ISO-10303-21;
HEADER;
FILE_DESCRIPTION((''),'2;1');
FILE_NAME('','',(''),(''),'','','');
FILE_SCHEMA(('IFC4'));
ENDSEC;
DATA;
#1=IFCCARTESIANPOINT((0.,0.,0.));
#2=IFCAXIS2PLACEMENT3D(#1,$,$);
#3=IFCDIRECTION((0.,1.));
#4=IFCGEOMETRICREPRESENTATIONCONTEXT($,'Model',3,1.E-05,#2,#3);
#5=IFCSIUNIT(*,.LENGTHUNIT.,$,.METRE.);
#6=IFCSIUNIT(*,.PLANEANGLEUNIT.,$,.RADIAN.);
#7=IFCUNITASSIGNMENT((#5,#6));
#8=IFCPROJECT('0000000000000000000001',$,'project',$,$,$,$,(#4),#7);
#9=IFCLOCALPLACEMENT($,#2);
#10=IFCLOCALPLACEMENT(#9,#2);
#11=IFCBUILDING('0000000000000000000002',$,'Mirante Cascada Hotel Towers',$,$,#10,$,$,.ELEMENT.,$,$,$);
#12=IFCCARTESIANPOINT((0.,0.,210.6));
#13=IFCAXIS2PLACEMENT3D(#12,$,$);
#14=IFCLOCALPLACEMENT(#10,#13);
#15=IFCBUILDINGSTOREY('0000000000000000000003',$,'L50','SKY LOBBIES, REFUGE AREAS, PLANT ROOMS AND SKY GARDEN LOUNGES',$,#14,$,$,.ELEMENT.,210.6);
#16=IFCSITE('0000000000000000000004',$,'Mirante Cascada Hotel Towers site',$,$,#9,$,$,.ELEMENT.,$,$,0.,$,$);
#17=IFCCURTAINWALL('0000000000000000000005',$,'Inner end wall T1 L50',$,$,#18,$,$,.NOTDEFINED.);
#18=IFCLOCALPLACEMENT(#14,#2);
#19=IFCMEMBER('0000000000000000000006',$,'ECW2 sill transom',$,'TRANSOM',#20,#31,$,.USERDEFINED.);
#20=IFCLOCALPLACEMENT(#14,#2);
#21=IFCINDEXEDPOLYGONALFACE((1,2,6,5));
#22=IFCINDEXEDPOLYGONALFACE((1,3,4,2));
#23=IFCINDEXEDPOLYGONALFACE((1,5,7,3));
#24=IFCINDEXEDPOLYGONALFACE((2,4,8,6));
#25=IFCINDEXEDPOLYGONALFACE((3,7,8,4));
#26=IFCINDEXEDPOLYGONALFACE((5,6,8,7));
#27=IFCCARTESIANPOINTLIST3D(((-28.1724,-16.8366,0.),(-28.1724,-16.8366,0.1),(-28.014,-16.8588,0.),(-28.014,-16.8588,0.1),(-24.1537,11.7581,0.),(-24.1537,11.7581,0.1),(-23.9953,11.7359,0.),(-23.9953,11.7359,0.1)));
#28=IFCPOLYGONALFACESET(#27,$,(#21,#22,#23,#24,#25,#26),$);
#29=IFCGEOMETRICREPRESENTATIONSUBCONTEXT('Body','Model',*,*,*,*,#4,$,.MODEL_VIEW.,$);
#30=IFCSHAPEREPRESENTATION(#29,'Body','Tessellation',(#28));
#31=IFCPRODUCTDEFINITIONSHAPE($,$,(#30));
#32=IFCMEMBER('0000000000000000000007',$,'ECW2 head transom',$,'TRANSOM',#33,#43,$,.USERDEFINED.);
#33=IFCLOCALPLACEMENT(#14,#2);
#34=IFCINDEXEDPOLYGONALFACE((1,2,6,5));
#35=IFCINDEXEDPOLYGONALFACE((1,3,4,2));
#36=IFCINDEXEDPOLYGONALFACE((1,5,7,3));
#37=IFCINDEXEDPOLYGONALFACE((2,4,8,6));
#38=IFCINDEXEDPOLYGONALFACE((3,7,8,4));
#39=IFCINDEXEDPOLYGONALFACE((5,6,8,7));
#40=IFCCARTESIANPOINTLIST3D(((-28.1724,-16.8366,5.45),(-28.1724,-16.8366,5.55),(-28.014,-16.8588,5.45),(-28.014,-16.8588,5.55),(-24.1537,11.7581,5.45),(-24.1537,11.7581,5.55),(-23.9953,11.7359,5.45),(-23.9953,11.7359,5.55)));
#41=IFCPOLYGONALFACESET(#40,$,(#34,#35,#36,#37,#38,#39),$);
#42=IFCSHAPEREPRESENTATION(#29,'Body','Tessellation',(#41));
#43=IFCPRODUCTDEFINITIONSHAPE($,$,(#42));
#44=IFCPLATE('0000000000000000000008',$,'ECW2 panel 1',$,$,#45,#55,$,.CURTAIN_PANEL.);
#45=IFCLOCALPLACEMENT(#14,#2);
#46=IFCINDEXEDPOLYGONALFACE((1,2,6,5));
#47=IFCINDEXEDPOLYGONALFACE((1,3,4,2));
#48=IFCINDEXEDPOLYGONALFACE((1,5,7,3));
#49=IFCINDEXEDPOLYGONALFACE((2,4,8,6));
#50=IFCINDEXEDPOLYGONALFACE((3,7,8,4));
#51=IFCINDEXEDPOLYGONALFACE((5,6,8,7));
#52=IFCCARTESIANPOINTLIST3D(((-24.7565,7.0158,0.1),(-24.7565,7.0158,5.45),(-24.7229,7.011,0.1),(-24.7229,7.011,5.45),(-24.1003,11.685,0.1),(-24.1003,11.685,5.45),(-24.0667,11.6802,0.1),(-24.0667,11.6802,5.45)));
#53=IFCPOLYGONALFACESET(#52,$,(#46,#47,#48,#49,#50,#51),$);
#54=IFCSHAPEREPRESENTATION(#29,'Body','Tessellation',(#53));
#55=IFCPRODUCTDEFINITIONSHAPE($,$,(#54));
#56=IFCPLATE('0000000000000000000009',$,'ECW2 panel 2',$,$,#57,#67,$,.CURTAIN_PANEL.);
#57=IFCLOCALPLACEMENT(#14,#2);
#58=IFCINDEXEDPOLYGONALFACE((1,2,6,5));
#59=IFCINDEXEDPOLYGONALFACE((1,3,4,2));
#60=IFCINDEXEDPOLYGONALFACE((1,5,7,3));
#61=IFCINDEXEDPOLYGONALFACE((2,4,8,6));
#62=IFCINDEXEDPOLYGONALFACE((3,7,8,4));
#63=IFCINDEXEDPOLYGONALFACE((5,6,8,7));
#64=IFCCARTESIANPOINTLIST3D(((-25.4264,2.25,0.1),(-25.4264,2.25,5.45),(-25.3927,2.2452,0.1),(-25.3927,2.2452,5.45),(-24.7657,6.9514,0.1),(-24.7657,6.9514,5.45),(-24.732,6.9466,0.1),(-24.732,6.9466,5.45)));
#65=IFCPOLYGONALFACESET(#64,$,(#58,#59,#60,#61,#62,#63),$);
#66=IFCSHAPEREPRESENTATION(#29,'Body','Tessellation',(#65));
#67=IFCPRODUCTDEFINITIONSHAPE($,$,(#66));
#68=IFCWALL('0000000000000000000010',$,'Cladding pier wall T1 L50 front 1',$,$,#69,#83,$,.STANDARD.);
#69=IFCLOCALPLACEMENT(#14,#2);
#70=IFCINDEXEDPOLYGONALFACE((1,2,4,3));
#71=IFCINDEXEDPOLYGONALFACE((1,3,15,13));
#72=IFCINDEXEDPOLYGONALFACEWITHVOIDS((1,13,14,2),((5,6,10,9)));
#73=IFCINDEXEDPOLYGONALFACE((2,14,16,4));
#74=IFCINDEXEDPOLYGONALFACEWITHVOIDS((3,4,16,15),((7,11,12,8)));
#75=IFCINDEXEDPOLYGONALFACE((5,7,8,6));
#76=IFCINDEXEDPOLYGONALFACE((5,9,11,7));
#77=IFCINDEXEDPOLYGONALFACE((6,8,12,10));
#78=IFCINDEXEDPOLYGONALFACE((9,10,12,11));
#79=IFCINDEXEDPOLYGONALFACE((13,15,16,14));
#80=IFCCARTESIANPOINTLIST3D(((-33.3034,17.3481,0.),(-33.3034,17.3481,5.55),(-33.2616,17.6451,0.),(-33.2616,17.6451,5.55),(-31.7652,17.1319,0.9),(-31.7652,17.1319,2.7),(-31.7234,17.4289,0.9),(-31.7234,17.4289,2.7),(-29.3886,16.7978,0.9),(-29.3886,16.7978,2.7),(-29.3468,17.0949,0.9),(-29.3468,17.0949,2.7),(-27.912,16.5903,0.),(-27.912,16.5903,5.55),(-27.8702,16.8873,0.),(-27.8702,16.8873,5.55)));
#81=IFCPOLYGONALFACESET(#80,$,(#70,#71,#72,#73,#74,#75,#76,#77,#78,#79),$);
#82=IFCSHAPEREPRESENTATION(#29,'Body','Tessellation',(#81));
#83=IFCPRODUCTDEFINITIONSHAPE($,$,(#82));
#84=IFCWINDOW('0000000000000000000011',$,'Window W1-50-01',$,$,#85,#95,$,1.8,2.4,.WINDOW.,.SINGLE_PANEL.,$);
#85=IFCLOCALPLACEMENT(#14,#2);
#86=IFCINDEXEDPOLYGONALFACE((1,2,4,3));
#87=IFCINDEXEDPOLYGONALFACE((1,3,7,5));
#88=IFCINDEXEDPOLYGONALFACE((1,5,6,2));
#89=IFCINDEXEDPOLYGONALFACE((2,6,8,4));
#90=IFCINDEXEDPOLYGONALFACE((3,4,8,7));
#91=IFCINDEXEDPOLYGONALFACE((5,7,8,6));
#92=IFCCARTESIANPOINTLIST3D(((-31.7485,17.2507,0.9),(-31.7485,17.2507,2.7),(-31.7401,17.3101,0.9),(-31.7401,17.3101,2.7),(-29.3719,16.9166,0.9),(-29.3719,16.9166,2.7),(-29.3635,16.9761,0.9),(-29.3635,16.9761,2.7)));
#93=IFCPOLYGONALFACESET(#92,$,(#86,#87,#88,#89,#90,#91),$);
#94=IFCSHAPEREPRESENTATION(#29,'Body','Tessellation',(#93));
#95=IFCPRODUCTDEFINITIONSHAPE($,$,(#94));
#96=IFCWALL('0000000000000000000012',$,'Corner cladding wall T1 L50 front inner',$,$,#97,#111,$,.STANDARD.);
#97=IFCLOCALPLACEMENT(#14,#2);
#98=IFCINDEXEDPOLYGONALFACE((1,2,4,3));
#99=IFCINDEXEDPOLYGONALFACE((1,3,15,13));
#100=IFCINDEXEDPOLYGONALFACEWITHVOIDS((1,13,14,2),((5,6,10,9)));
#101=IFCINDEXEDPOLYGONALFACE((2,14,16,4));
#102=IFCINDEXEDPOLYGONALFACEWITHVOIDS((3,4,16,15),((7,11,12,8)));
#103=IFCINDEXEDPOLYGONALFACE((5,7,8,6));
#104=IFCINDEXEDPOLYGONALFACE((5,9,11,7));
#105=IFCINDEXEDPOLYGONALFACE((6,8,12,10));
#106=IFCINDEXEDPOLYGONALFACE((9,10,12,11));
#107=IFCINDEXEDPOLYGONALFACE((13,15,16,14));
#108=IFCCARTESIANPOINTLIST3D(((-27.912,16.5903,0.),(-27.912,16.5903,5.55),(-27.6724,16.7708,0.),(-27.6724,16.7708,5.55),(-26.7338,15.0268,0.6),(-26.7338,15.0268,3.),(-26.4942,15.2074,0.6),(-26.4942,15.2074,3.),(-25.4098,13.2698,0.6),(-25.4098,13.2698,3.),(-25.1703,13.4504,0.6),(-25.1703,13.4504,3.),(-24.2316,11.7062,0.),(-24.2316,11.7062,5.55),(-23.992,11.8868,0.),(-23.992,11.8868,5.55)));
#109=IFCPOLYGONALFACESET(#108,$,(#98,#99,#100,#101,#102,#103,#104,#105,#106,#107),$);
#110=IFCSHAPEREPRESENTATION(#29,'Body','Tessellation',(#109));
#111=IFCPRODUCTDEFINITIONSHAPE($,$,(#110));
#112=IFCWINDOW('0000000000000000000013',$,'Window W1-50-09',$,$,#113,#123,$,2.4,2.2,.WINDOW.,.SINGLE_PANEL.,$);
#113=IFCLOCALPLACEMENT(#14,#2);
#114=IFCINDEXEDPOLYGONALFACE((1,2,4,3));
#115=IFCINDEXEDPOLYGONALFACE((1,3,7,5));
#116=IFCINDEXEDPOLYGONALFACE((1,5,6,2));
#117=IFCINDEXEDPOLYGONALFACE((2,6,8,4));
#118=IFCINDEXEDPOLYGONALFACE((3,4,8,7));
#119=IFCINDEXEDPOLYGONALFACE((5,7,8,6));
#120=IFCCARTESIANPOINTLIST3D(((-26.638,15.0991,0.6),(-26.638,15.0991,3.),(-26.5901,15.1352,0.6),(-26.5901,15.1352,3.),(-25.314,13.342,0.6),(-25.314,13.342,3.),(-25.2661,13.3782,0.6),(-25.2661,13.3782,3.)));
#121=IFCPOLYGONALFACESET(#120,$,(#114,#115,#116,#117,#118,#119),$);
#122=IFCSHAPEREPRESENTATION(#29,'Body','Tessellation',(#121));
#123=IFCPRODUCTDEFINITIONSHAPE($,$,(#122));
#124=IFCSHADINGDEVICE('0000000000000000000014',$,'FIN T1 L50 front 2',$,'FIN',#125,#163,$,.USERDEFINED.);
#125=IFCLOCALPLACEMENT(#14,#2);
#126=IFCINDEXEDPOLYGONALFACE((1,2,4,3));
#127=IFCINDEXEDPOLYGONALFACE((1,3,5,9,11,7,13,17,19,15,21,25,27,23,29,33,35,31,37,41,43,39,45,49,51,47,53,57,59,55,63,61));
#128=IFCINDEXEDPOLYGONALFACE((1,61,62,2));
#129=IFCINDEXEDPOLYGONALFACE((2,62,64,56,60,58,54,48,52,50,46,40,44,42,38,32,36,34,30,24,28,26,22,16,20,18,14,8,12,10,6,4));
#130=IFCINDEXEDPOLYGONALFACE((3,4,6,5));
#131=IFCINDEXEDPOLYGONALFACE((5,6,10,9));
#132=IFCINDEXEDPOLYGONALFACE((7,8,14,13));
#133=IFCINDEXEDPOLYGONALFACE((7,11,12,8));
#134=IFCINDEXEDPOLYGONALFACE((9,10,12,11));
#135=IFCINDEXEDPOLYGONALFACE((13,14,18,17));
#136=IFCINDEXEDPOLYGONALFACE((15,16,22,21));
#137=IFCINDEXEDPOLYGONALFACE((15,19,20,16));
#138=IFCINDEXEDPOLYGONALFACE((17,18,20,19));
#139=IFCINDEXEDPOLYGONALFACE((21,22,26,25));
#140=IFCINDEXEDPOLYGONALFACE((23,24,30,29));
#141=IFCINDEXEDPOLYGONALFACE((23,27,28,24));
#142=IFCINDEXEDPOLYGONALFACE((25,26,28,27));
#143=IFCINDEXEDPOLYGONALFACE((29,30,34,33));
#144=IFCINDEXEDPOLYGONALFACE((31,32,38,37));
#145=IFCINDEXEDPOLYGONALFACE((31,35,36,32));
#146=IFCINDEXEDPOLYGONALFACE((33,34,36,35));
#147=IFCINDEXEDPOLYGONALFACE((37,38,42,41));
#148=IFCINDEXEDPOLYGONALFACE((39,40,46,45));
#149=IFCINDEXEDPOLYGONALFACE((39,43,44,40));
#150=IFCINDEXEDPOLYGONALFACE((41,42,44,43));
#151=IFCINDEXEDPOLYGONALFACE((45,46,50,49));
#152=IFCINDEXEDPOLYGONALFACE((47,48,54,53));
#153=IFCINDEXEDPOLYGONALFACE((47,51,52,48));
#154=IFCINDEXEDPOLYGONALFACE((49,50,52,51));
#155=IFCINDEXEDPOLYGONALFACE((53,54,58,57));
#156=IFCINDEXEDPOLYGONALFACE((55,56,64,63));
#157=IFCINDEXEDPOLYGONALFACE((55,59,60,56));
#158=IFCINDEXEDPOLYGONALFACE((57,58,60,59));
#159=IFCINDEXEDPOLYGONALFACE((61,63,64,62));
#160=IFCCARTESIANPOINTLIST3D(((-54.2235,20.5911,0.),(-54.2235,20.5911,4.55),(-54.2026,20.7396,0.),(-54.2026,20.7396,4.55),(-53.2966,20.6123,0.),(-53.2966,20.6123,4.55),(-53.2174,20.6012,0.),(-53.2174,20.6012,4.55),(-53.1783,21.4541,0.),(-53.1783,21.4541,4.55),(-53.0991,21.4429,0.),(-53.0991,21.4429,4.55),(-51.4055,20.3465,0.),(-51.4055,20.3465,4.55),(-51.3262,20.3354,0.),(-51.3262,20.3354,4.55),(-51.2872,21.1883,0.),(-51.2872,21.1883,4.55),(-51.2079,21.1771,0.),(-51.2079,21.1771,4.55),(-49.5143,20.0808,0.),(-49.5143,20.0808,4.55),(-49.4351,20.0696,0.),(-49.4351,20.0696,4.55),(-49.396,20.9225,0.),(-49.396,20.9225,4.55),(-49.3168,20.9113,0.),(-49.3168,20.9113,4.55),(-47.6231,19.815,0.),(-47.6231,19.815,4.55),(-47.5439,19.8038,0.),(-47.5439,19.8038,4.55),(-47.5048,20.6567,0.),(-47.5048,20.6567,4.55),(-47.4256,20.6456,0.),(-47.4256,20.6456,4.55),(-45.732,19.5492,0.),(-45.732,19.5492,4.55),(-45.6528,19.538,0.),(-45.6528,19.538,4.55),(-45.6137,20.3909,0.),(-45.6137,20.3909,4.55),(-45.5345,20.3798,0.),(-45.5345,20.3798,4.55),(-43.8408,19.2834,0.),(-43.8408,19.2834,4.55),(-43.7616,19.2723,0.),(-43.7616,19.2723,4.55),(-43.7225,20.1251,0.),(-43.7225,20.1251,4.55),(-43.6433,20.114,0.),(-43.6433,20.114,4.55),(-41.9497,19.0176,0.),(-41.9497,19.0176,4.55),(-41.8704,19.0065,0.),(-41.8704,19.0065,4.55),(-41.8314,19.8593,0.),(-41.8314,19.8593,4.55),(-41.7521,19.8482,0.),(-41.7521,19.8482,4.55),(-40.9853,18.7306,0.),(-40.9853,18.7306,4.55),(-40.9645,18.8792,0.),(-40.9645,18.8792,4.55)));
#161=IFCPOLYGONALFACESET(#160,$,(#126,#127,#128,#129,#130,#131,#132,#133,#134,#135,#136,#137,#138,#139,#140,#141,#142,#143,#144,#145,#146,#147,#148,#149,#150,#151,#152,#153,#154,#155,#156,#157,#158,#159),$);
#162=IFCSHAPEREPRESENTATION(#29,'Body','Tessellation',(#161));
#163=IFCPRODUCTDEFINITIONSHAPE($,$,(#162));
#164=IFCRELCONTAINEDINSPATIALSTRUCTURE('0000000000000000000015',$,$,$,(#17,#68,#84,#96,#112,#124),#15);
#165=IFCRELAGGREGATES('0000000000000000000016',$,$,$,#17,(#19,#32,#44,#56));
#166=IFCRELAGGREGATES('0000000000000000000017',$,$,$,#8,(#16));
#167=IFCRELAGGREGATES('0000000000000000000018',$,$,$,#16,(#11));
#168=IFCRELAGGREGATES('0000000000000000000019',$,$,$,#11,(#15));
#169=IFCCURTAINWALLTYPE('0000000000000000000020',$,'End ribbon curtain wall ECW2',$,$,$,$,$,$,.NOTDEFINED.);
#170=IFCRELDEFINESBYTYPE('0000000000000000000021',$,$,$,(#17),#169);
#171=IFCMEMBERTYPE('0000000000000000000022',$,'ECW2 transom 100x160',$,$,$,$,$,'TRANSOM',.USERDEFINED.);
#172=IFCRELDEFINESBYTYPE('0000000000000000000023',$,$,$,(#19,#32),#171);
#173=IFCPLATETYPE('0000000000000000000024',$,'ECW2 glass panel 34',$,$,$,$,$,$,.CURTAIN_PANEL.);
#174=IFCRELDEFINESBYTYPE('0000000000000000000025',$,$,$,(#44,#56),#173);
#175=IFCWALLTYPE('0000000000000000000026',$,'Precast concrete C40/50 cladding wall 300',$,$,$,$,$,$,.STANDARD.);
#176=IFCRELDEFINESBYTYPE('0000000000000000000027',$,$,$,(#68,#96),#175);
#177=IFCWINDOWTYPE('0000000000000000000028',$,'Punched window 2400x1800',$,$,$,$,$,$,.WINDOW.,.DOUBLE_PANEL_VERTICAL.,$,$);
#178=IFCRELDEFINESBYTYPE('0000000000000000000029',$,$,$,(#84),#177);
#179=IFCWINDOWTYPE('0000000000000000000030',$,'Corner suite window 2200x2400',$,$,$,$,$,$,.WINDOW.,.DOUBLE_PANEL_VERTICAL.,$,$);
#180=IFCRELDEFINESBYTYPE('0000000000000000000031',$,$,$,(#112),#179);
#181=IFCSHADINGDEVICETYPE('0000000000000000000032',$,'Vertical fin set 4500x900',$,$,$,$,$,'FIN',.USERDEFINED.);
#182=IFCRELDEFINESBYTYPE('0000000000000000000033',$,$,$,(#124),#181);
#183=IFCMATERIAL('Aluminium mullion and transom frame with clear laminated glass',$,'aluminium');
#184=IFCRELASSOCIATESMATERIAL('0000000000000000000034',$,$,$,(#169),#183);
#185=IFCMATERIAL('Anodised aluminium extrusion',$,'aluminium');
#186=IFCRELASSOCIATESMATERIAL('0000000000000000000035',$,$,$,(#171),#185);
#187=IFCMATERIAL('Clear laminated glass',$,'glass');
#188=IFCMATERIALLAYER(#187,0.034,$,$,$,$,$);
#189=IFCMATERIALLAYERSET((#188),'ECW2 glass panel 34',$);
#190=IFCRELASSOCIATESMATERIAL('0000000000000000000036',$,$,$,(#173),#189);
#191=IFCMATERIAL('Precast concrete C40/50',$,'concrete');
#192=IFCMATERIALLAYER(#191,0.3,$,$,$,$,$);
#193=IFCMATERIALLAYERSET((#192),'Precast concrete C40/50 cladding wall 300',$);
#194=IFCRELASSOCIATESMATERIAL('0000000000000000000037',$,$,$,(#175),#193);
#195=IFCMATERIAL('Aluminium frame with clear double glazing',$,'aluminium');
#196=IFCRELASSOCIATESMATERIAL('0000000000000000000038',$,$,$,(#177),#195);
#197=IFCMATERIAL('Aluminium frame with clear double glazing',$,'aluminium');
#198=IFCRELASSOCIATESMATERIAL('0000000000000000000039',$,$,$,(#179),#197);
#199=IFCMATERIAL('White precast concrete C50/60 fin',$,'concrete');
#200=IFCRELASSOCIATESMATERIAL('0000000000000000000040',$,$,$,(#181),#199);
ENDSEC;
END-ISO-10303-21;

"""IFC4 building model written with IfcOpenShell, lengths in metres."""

from ifc_helpers import new_model, si_unit, direction, frame, frame_2d, origin, origin_2d, place, context, subcontext, project, spatial, polyline, rectangle, outline, extrude, material, layer, layer_set, material_profile, profile_set, type_object, element, fill, aggregate, save


model = new_model("IFC4")

# Units and contexts
model_context = context("Model", 3, precision=1e-05, world=origin(), true_north=direction((0.0, 1.0)))
body_context = subcontext(model_context, "Body", "Model", "MODEL_VIEW")
ifc_project = project(units=[si_unit("LENGTHUNIT", "METRE"), si_unit("PLANEANGLEUNIT", "RADIAN")], contexts=[model_context])

# Site, building, storey
site_placement = place(None, origin())
site = spatial("IfcSite", under=ifc_project, at=site_placement, Name="Mirante Cascada Hotel Towers site", CompositionType="ELEMENT", RefElevation=0.0)
building_placement = place(site_placement, origin())
building = spatial("IfcBuilding", under=site, at=building_placement, Name="Mirante Cascada Hotel Towers", CompositionType="ELEMENT")
storey_placement = place(building_placement, frame((0.0, 0.0, 210.6)))
storey = spatial("IfcBuildingStorey", under=building, at=storey_placement, Name="L50", Description="SKY LOBBIES, REFUGE AREAS, PLANT ROOMS AND SKY GARDEN LOUNGES", CompositionType="ELEMENT", Elevation=210.6)

# Curtain wall, members, plates
ifc_material_1 = material(Name="Aluminium mullion and transom frame with clear laminated glass", Category="aluminium")
curtain_wall_type = type_object("IfcCurtainWallType", Name="End ribbon curtain wall ECW2", PredefinedType="NOTDEFINED", material=ifc_material_1)
curtain_wall_placement = place(storey_placement, origin())
curtain_wall = element("IfcCurtainWall", 1, at=curtain_wall_placement, inside=storey, type_object=curtain_wall_type, Name="Inner end wall T1 L50", PredefinedType="NOTDEFINED")
ifc_material_2 = material(Name="Anodised aluminium extrusion", Category="aluminium")
ifc_material_profile_1 = material_profile(ifc_material_2, rectangle(XDim=0.16, YDim=0.1, at=origin_2d()), Name="ECW2 TRANSOM 100x160")
ifc_profile_set_1 = profile_set([ifc_material_profile_1], Name="Anodised aluminium extrusion")
member_type_1 = type_object("IfcMemberType", Name="ECW2 transom 100x160", ElementType="TRANSOM", PredefinedType="USERDEFINED", material=ifc_profile_set_1)
member_1_placement = place(storey_placement, frame((-24.0745, 11.747, 0.05), z_axis=(-0.139172, -0.990268, 0.0), x_axis=(0.990268, -0.139172, 0.0)))
member_1 = element("IfcMember", 2, at=member_1_placement, type_object=member_type_1, Name="ECW2 sill transom", ObjectType="TRANSOM", PredefinedType="USERDEFINED", context=body_context, shape_type="SweptSolid", body=[
    extrude(rectangle(XDim=0.16, YDim=0.1, at=origin_2d()), origin(), (0.0, 0.0, 1.0), 28.8757),
])
member_2_placement = place(storey_placement, frame((-24.0745, 11.747, 5.5), z_axis=(-0.139172, -0.990268, 0.0), x_axis=(0.990268, -0.139172, 0.0)))
member_2 = element("IfcMember", 3, at=member_2_placement, type_object=member_type_1, Name="ECW2 head transom", ObjectType="TRANSOM", PredefinedType="USERDEFINED", context=body_context, shape_type="SweptSolid", body=[
    extrude(rectangle(XDim=0.16, YDim=0.1, at=origin_2d()), origin(), (0.0, 0.0, 1.0), 28.8757),
])
ifc_material_3 = material(Name="Clear laminated glass", Category="glass")
ifc_layer_1 = layer(ifc_material_3, 0.034)
ifc_layer_set_1 = layer_set([ifc_layer_1], Name="ECW2 glass panel 34")
plate_type = type_object("IfcPlateType", Name="ECW2 glass panel 34", PredefinedType="CURTAIN_PANEL", material=ifc_layer_set_1)
plate_1_placement = place(storey_placement, frame((-24.4116, 9.348, 0.1), z_axis=(0.0, 0.0, 1.0), x_axis=(-0.139173, -0.990268, 0.0)))
plate_1 = element("IfcPlate", 4, at=plate_1_placement, type_object=plate_type, Name="ECW2 panel 1", PredefinedType="CURTAIN_PANEL", context=body_context, shape_type="SweptSolid", body=[
    extrude(rectangle(XDim=4.7151, YDim=0.034, at=origin_2d()), origin(), (0.0, 0.0, 1.0), 5.35),
])
plate_2_placement = place(storey_placement, frame((-25.0792, 4.5983, 0.1), z_axis=(0.0, 0.0, 1.0), x_axis=(-0.139173, -0.990268, 0.0)))
plate_2 = element("IfcPlate", 5, at=plate_2_placement, type_object=plate_type, Name="ECW2 panel 2", PredefinedType="CURTAIN_PANEL", context=body_context, shape_type="SweptSolid", body=[
    extrude(rectangle(XDim=4.7476, YDim=0.034, at=origin_2d()), origin(), (0.0, 0.0, 1.0), 5.35),
])
aggregate(curtain_wall, [member_1, member_2, plate_1, plate_2])

# Walls, openings, windows
ifc_material_4 = material(Name="Precast concrete C40/50", Category="concrete")
ifc_layer_2 = layer(ifc_material_4, 0.3)
ifc_layer_set_2 = layer_set([ifc_layer_2], Name="Precast concrete C40/50 cladding wall 300")
wall_type = type_object("IfcWallType", Name="Precast concrete C40/50 cladding wall 300", PredefinedType="STANDARD", material=ifc_layer_set_2)
wall_1_placement = place(storey_placement, frame((-27.8911, 16.7388, 0.0), z_axis=(0.0, 0.0, 1.0), x_axis=(-0.990266, 0.139189, 0.0)))
wall_1 = element("IfcWall", 6, at=wall_1_placement, inside=storey, type_object=wall_type, Name="Cladding pier wall T1 L50 front 1", PredefinedType="STANDARD", context=body_context, shape_type="SweptSolid", body=[
    extrude(rectangle(XDim=5.4444, YDim=0.3, at=frame_2d((2.7222, 0.0))), origin(), (0.0, 0.0, 1.0), 5.55),
])
opening_1_placement = place(wall_1_placement, frame((1.4911, 0.0, 0.9)))
opening_1 = element("IfcOpeningElement", 7, at=opening_1_placement, cuts=wall_1, PredefinedType="OPENING", context=body_context, shape_type="SweptSolid", body=[
    extrude(rectangle(XDim=2.4, YDim=1.8, at=frame_2d((1.2, 0.9))), frame((0.0, 0.15, 0.0), z_axis=(0.0, -1.0, 0.0), x_axis=(1.0, 0.0, 0.0)), (0.0, 0.0, 1.0), 0.3),
])
ifc_material_5 = material(Name="Aluminium frame with clear double glazing", Category="aluminium")
window_type_1 = type_object("IfcWindowType", Name="Punched window 2400x1800", PartitioningType="DOUBLE_PANEL_VERTICAL", PredefinedType="WINDOW", material=ifc_material_5)
window_1_placement = place(opening_1_placement, origin())
window_1 = element("IfcWindow", 8, at=window_1_placement, inside=storey, type_object=window_type_1, Name="Window W1-50-01", OverallHeight=1.8, OverallWidth=2.4, PartitioningType="SINGLE_PANEL", PredefinedType="WINDOW", context=body_context, shape_type="SweptSolid", body=[
    extrude(rectangle(XDim=2.4, YDim=1.8, at=frame_2d((1.2, 0.9))), frame((0.0, 0.03, 0.0), z_axis=(0.0, -1.0, 0.0), x_axis=(1.0, 0.0, 0.0)), (0.0, 0.0, 1.0), 0.06),
])
fill(opening_1, window_1)
wall_2_placement = place(storey_placement, frame((-27.7922, 16.6806, 0.0), z_axis=(0.0, 0.0, 1.0), x_axis=(0.601812, -0.798638, 0.0)))
wall_2 = element("IfcWall", 9, at=wall_2_placement, inside=storey, type_object=wall_type, Name="Corner cladding wall T1 L50 front inner", PredefinedType="STANDARD", context=body_context, shape_type="SweptSolid", body=[
    extrude(rectangle(XDim=6.1155, YDim=0.3, at=frame_2d((3.0578, 0.0))), origin(), (0.0, 0.0, 1.0), 5.55),
])
opening_2_placement = place(wall_2_placement, frame((1.9577, 0.0, 0.6)))
opening_2 = element("IfcOpeningElement", 10, at=opening_2_placement, cuts=wall_2, PredefinedType="OPENING", context=body_context, shape_type="SweptSolid", body=[
    extrude(rectangle(XDim=2.2, YDim=2.4, at=frame_2d((1.1, 1.2))), frame((0.0, 0.15, 0.0), z_axis=(0.0, -1.0, 0.0), x_axis=(1.0, 0.0, 0.0)), (0.0, 0.0, 1.0), 0.3),
])
ifc_material_6 = material(Name="Aluminium frame with clear double glazing", Category="aluminium")
window_type_2 = type_object("IfcWindowType", Name="Corner suite window 2200x2400", PartitioningType="DOUBLE_PANEL_VERTICAL", PredefinedType="WINDOW", material=ifc_material_6)
window_2_placement = place(opening_2_placement, origin())
window_2 = element("IfcWindow", 11, at=window_2_placement, inside=storey, type_object=window_type_2, Name="Window W1-50-09", OverallHeight=2.4, OverallWidth=2.2, PartitioningType="SINGLE_PANEL", PredefinedType="WINDOW", context=body_context, shape_type="SweptSolid", body=[
    extrude(rectangle(XDim=2.2, YDim=2.4, at=frame_2d((1.1, 1.2))), frame((0.0, 0.03, 0.0), z_axis=(0.0, -1.0, 0.0), x_axis=(1.0, 0.0, 0.0)), (0.0, 0.0, 1.0), 0.06),
])
fill(opening_2, window_2)

# Shading device
ifc_material_7 = material(Name="White precast concrete C50/60 fin", Category="concrete")
shading_device_type = type_object("IfcShadingDeviceType", Name="Vertical fin set 4500x900", ElementType="FIN", PredefinedType="USERDEFINED", material=ifc_material_7)
shading_device_1_placement = place(storey_placement, origin())
element("IfcShadingDevice", 12, at=shading_device_1_placement, inside=storey, type_object=shading_device_type, Name="FIN T1 L50 front 2", ObjectType="FIN", PredefinedType="USERDEFINED", context=body_context, shape_type="SweptSolid", body=[
    extrude(outline(polyline([(-41.8704, 19.0065), (-40.9645, 18.8792), (-40.9853, 18.7306), (-54.2235, 20.5911), (-54.2026, 20.7396), (-53.2966, 20.6123), (-53.1783, 21.4541), (-53.0991, 21.4429), (-53.2174, 20.6012), (-51.4055, 20.3465), (-51.2872, 21.1883), (-51.2079, 21.1771), (-51.3262, 20.3354), (-49.5143, 20.0808), (-49.396, 20.9225), (-49.3168, 20.9113), (-49.4351, 20.0696), (-47.6231, 19.815), (-47.5048, 20.6567), (-47.4256, 20.6456), (-47.5439, 19.8038), (-45.732, 19.5492), (-45.6137, 20.3909), (-45.5345, 20.3798), (-45.6528, 19.538), (-43.8408, 19.2834), (-43.7225, 20.1251), (-43.6433, 20.114), (-43.7616, 19.2723), (-41.9497, 19.0176), (-41.8314, 19.8593), (-41.7521, 19.8482), (-41.8704, 19.0065)])), origin(), (0.0, 0.0, 1.0), 4.55),
])

save(model, "model.ifc")
